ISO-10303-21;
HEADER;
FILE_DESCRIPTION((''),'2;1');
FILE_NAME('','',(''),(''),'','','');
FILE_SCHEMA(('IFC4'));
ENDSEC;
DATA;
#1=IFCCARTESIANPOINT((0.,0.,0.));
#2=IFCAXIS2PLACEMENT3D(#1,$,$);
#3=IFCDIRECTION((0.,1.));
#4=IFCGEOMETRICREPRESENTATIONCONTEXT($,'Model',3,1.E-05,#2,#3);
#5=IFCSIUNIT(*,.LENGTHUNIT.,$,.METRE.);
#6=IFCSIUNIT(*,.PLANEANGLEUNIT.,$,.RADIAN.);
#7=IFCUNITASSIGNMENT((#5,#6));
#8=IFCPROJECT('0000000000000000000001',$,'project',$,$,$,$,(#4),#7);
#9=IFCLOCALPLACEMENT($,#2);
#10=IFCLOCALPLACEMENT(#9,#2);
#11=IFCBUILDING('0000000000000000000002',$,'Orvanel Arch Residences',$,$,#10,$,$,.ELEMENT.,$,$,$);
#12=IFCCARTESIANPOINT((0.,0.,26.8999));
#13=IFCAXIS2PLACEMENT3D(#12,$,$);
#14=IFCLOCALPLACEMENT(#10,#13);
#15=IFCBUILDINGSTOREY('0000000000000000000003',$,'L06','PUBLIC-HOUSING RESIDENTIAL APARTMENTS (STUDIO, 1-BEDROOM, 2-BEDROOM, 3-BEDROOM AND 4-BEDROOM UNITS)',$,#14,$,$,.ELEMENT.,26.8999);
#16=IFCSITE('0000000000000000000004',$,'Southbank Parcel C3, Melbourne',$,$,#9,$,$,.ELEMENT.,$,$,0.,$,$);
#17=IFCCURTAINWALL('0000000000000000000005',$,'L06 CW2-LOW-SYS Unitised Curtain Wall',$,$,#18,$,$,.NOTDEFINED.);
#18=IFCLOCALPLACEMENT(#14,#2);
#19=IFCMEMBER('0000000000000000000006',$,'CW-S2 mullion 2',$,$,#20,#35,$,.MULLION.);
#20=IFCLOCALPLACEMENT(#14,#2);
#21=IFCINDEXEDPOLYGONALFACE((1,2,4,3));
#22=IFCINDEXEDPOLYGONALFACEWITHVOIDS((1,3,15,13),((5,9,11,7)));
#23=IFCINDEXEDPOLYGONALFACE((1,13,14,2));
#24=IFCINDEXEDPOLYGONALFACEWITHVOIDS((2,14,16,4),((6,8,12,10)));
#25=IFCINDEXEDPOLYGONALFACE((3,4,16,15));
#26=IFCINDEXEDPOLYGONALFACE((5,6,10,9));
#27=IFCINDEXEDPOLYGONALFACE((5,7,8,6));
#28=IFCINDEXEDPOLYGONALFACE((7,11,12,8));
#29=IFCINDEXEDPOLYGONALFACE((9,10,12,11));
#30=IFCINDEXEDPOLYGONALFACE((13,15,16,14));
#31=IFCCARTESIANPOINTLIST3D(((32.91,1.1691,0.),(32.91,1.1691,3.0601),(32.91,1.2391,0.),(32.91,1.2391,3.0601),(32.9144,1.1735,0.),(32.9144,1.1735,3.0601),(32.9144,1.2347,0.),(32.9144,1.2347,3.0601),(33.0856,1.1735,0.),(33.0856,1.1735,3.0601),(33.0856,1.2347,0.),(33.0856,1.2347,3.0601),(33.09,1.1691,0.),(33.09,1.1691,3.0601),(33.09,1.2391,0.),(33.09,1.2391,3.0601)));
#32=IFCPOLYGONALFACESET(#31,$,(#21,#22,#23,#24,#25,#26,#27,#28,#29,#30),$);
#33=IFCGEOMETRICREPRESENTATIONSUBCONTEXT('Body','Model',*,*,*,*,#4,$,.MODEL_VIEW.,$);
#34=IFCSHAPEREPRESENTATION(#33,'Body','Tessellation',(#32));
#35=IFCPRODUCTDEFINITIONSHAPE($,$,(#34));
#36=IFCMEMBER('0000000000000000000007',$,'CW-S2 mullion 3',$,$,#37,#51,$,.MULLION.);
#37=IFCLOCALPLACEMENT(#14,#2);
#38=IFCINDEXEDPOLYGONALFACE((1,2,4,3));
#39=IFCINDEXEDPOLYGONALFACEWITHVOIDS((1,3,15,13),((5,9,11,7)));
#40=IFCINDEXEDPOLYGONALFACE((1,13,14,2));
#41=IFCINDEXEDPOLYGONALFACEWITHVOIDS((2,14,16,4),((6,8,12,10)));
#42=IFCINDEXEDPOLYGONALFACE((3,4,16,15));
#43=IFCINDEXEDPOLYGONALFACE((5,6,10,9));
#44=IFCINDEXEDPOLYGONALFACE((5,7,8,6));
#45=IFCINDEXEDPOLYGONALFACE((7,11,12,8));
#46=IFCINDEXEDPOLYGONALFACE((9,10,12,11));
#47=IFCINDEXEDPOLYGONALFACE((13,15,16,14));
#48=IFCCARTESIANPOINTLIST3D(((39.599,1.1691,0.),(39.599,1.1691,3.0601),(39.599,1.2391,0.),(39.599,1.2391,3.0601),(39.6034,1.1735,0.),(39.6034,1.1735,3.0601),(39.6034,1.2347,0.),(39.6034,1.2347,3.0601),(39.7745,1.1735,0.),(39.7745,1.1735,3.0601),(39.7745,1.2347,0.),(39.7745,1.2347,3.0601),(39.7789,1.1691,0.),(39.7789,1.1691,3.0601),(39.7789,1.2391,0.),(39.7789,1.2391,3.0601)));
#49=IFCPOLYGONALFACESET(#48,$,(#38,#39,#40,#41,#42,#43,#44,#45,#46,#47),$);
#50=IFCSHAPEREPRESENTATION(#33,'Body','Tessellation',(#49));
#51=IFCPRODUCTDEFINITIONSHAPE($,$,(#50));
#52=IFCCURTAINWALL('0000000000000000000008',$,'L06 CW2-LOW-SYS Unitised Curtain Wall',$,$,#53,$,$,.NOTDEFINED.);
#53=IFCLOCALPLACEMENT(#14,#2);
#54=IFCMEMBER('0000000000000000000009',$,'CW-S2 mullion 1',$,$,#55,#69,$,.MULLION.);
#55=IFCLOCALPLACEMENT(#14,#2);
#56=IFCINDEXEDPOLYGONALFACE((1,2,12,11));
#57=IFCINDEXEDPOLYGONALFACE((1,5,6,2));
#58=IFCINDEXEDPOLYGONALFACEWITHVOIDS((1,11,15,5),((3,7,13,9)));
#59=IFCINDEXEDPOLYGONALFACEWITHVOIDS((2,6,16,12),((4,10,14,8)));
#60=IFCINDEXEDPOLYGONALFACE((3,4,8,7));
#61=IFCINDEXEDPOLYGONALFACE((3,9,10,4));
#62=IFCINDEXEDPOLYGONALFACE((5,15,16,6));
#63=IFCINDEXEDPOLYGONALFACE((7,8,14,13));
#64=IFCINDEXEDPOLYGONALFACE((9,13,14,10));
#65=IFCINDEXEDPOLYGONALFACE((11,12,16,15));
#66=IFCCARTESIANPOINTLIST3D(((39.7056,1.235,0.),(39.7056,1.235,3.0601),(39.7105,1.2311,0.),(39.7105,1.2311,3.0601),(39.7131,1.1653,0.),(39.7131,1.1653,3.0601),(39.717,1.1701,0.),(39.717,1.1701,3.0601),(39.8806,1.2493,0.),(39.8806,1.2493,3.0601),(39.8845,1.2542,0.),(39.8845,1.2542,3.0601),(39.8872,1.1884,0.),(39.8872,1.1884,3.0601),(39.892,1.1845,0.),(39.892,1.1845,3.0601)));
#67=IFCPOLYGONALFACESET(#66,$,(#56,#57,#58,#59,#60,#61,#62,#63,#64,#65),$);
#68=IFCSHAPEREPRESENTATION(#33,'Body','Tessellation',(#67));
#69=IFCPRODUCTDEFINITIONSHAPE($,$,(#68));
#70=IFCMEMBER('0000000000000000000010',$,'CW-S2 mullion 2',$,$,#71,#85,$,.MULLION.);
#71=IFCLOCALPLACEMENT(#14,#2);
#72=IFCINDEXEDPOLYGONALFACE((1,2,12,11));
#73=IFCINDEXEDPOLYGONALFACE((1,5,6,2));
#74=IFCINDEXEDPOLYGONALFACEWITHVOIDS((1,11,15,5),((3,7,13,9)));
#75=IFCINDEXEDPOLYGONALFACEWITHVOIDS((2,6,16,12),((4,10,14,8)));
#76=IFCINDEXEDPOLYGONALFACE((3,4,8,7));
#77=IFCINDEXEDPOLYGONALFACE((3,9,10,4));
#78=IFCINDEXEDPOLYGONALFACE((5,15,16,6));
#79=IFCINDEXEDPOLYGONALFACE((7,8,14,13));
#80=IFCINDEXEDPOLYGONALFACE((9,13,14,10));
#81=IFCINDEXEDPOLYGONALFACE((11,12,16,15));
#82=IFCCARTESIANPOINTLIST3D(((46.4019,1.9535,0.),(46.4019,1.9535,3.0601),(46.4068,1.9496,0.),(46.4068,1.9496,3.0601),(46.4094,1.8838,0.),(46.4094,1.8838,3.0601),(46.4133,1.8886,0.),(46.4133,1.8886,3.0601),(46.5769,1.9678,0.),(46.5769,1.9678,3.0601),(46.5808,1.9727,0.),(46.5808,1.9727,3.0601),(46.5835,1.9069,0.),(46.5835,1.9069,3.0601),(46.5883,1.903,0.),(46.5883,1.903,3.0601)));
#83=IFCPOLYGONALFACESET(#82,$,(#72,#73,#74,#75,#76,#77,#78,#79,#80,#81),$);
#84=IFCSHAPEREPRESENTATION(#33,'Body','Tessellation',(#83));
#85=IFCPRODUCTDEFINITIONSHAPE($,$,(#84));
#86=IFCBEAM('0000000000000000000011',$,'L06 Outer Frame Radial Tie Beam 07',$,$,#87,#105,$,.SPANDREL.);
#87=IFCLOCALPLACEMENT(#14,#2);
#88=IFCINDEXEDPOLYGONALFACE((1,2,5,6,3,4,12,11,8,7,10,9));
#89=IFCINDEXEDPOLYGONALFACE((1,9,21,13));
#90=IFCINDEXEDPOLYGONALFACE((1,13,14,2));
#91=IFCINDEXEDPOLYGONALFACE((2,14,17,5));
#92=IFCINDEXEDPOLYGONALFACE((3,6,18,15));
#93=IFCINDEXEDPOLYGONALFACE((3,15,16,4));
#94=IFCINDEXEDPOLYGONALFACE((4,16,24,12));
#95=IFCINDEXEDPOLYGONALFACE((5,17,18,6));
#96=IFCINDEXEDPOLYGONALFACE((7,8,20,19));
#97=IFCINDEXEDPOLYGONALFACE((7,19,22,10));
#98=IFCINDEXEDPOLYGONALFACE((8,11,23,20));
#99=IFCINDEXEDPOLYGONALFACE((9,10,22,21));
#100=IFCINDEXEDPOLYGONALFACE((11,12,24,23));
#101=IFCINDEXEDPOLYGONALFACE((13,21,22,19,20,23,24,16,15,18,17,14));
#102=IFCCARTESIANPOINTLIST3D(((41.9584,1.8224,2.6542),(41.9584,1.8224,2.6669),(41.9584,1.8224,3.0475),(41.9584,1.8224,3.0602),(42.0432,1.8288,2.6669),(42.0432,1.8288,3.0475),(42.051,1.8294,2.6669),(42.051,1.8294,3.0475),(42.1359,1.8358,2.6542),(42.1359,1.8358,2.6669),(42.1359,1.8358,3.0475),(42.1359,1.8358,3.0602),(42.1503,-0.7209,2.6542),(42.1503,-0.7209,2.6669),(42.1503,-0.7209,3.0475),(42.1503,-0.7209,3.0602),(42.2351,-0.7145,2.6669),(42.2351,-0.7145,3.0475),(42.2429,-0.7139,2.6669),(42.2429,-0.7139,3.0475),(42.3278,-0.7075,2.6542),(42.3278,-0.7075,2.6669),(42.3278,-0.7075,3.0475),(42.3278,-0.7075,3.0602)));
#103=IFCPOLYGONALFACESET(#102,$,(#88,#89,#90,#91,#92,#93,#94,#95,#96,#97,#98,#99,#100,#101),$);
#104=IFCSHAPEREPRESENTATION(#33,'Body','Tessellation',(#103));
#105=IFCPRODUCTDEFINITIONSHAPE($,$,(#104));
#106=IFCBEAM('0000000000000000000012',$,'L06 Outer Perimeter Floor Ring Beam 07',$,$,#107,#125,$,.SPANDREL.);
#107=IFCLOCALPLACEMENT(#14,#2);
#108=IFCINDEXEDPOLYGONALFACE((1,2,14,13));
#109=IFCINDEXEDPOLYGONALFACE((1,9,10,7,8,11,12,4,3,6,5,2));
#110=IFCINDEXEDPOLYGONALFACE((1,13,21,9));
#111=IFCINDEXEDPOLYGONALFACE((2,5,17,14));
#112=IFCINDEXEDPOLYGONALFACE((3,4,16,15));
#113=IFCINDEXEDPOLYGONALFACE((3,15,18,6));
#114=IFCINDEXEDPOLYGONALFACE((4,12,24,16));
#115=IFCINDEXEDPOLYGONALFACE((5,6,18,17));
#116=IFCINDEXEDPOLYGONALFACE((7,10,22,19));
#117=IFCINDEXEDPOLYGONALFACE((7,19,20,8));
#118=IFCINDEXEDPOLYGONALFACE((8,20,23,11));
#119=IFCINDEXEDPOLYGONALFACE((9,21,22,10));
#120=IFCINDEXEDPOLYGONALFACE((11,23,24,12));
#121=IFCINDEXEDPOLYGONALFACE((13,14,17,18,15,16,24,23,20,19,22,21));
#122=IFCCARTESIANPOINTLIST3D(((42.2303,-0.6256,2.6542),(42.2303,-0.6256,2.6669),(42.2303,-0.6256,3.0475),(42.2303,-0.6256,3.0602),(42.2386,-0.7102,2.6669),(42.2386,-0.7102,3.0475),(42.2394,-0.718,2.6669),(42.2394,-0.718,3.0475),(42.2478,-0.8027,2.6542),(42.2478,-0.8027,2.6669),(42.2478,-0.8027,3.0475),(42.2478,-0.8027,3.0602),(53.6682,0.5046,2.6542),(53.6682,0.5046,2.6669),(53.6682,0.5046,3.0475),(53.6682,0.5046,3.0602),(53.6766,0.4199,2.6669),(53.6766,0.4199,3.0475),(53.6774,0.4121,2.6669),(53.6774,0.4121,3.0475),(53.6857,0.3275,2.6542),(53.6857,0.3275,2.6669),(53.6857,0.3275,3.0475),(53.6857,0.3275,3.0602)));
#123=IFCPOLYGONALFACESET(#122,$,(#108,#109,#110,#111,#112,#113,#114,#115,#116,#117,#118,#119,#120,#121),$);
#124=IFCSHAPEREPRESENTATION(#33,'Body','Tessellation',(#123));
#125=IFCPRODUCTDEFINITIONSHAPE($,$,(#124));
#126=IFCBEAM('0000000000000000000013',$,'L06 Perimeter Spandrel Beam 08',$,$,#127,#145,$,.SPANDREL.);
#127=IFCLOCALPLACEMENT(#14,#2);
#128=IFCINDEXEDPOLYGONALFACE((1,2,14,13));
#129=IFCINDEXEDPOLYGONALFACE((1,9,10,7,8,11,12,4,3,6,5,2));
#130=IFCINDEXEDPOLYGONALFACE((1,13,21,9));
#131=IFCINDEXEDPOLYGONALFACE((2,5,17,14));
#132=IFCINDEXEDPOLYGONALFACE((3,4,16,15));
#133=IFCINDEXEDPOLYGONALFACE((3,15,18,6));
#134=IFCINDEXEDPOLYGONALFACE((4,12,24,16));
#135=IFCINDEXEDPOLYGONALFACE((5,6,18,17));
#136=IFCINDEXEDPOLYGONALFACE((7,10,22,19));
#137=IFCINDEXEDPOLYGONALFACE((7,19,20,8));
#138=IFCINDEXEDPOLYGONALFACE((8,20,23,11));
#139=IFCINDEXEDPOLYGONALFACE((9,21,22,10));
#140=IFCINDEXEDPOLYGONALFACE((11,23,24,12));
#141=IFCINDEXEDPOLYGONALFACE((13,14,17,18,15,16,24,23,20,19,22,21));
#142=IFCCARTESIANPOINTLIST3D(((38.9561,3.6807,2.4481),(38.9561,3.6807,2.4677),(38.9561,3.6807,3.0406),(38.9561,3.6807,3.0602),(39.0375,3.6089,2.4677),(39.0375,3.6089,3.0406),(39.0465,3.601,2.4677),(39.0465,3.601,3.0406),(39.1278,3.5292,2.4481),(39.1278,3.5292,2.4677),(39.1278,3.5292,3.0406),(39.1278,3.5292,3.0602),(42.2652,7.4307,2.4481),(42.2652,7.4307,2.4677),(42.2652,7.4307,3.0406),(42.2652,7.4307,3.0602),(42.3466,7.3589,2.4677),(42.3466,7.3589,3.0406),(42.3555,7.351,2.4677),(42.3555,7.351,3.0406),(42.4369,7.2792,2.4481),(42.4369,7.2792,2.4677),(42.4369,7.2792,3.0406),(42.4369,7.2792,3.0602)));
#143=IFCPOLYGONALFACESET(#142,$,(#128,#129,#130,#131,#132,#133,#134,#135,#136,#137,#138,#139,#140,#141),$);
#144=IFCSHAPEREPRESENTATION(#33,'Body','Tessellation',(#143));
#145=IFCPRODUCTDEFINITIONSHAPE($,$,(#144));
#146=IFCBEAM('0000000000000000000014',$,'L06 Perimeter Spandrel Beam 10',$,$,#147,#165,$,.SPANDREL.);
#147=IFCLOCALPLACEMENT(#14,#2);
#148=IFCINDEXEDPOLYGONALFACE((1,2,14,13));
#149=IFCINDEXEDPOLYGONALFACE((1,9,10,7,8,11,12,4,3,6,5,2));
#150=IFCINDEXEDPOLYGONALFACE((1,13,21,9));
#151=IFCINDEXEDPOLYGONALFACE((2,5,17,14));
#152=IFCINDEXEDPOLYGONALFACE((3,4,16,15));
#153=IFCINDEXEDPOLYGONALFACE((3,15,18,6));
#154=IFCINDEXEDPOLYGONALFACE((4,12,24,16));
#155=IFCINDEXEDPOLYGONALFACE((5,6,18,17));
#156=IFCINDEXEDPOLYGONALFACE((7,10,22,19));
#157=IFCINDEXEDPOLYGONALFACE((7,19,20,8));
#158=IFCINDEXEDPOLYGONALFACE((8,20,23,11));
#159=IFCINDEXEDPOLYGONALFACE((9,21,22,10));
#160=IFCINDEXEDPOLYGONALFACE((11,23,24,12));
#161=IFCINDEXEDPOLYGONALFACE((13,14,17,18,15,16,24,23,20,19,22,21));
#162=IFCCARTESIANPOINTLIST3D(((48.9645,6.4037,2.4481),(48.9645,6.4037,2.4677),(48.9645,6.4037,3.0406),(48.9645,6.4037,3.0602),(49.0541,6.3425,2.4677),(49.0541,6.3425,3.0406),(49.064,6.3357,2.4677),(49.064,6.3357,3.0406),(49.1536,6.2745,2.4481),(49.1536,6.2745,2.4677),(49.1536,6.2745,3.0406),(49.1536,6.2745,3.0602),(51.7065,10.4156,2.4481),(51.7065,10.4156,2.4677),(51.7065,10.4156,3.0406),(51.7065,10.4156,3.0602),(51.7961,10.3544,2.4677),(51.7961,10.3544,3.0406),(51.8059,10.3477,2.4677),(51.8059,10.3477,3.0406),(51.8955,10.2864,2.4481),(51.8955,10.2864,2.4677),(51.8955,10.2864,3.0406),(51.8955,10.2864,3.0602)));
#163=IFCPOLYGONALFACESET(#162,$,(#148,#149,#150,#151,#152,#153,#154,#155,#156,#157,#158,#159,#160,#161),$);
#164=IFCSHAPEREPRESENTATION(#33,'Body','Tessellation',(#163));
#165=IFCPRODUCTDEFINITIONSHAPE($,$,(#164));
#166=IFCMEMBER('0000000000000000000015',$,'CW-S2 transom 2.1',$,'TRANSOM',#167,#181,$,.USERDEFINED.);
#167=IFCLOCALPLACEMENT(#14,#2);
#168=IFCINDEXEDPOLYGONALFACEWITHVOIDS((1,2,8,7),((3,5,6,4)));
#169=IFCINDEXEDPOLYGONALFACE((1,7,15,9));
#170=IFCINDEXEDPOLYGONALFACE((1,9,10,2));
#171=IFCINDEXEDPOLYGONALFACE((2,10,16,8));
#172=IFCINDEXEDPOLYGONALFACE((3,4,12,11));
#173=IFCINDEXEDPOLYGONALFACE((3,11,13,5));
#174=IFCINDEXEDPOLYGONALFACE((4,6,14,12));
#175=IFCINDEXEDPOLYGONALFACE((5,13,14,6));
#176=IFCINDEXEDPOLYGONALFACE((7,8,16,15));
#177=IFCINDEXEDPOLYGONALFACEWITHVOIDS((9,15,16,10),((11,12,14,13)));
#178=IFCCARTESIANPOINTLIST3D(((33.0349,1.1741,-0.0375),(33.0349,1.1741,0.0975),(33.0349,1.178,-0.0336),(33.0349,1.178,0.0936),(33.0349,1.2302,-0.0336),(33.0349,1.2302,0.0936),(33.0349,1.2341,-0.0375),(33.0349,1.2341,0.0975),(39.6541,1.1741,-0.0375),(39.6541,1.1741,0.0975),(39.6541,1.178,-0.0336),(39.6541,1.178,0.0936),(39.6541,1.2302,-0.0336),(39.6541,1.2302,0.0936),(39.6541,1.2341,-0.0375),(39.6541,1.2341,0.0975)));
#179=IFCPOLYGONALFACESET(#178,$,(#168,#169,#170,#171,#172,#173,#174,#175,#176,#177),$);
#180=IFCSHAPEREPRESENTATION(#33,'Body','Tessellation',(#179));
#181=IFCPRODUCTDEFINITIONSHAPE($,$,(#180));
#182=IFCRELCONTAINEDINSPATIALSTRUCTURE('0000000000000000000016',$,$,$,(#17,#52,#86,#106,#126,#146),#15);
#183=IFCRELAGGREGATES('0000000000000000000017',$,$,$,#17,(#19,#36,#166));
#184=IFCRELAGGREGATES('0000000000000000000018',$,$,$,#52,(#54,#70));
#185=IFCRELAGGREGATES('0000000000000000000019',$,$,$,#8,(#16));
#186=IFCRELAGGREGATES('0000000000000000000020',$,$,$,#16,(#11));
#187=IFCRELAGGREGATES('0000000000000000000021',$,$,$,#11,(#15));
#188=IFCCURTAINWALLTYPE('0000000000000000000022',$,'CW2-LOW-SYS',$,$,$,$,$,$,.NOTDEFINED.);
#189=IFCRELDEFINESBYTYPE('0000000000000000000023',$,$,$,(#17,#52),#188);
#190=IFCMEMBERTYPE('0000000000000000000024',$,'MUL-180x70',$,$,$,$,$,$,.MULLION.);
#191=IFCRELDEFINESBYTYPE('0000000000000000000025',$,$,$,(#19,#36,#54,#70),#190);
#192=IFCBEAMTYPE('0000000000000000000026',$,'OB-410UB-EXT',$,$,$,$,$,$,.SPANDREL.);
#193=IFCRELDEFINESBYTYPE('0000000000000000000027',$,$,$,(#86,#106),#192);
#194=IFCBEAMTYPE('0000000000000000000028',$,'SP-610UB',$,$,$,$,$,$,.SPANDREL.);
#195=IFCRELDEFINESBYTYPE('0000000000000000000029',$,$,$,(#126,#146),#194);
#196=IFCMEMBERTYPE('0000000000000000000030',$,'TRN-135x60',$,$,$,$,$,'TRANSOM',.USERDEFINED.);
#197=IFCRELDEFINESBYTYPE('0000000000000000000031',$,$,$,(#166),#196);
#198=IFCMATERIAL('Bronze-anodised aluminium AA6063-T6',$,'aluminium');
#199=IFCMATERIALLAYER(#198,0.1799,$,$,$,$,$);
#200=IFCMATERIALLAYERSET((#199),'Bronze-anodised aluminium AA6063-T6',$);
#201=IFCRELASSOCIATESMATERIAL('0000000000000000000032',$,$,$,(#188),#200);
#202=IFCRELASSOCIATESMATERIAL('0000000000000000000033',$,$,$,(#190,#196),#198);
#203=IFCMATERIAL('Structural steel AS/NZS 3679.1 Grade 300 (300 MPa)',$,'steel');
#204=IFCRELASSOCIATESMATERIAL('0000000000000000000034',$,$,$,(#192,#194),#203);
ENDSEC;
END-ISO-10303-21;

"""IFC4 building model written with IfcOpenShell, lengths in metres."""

from ifc_helpers import new_model, si_unit, direction, frame, origin, origin_2d, place, context, subcontext, project, spatial, hollow_rectangle, i_section, extrude, material, layer, layer_set, material_profile, profile_set, type_object, element, aggregate, save


model = new_model("IFC4")

# Units and contexts
model_context = context("Model", 3, precision=1e-05, world=origin(), true_north=direction((0.0, 1.0)))
body_context = subcontext(model_context, "Body", "Model", "MODEL_VIEW")
ifc_project = project(units=[si_unit("LENGTHUNIT", "METRE"), si_unit("PLANEANGLEUNIT", "RADIAN")], contexts=[model_context])

# Site, building, storey
site_placement = place(None, origin())
site = spatial("IfcSite", under=ifc_project, at=site_placement, Name="Southbank Parcel C3, Melbourne", CompositionType="ELEMENT", RefElevation=0.0)
building_placement = place(site_placement, origin())
building = spatial("IfcBuilding", under=site, at=building_placement, Name="Orvanel Arch Residences", CompositionType="ELEMENT")
storey_placement = place(building_placement, frame((0.0, 0.0, 26.8999)))
storey = spatial("IfcBuildingStorey", under=building, at=storey_placement, Name="L06", Description="PUBLIC-HOUSING RESIDENTIAL APARTMENTS (STUDIO, 1-BEDROOM, 2-BEDROOM, 3-BEDROOM AND 4-BEDROOM UNITS)", CompositionType="ELEMENT", Elevation=26.8999)

# Curtain walls, members
ifc_material_1 = material(Name="Bronze-anodised aluminium AA6063-T6", Category="aluminium")
ifc_layer_1 = layer(ifc_material_1, 0.1799)
ifc_layer_set_1 = layer_set([ifc_layer_1], Name="Bronze-anodised aluminium AA6063-T6")
curtain_wall_type = type_object("IfcCurtainWallType", Name="CW2-LOW-SYS", PredefinedType="NOTDEFINED", material=ifc_layer_set_1)
curtain_wall_1_placement = place(storey_placement, origin())
curtain_wall_1 = element("IfcCurtainWall", 1, at=curtain_wall_1_placement, inside=storey, type_object=curtain_wall_type, Name="L06 CW2-LOW-SYS Unitised Curtain Wall", PredefinedType="NOTDEFINED")
ifc_material_profile_1 = material_profile(ifc_material_1, hollow_rectangle(XDim=0.0701, YDim=0.1799, WallThickness=0.0044, at=origin_2d()), Name="ALU180x70x4.5")
ifc_profile_set_1 = profile_set([ifc_material_profile_1], Name="Bronze-anodised aluminium AA6063-T6")
member_type_1 = type_object("IfcMemberType", Name="MUL-180x70", PredefinedType="MULLION", material=ifc_profile_set_1)
member_1_placement = place(storey_placement, frame((33.0, 1.2041, 0.0), z_axis=(0.0, 0.0, 1.0), x_axis=(0.0, 1.0, 0.0)))
member_1 = element("IfcMember", 2, at=member_1_placement, type_object=member_type_1, Name="CW-S2 mullion 2", PredefinedType="MULLION", context=body_context, shape_type="SweptSolid", body=[
    extrude(hollow_rectangle(XDim=0.0701, YDim=0.1799, WallThickness=0.0044, at=origin_2d()), origin(), (0.0, 0.0, 1.0), 3.0601),
])
member_2_placement = place(storey_placement, frame((39.689, 1.2041, 0.0), z_axis=(0.0, 0.0, 1.0), x_axis=(0.0, 1.0, 0.0)))
member_2 = element("IfcMember", 3, at=member_2_placement, type_object=member_type_1, Name="CW-S2 mullion 3", PredefinedType="MULLION", context=body_context, shape_type="SweptSolid", body=[
    extrude(hollow_rectangle(XDim=0.0701, YDim=0.1799, WallThickness=0.0044, at=origin_2d()), origin(), (0.0, 0.0, 1.0), 3.0601),
])
curtain_wall_2_placement = place(storey_placement, origin())
curtain_wall_2 = element("IfcCurtainWall", 4, at=curtain_wall_2_placement, inside=storey, type_object=curtain_wall_type, Name="L06 CW2-LOW-SYS Unitised Curtain Wall", PredefinedType="NOTDEFINED")
member_3_placement = place(storey_placement, frame((39.7988, 1.2097, 0.0), z_axis=(0.0, 0.0, 1.0), x_axis=(-0.106702, 0.994291, 0.0)))
member_3 = element("IfcMember", 5, at=member_3_placement, type_object=member_type_1, Name="CW-S2 mullion 1", PredefinedType="MULLION", context=body_context, shape_type="SweptSolid", body=[
    extrude(hollow_rectangle(XDim=0.0701, YDim=0.1799, WallThickness=0.0044, at=origin_2d()), origin(), (0.0, 0.0, 1.0), 3.0601),
])
member_4_placement = place(storey_placement, frame((46.4951, 1.9282, 0.0), z_axis=(0.0, 0.0, 1.0), x_axis=(-0.106702, 0.994291, 0.0)))
member_4 = element("IfcMember", 6, at=member_4_placement, type_object=member_type_1, Name="CW-S2 mullion 2", PredefinedType="MULLION", context=body_context, shape_type="SweptSolid", body=[
    extrude(hollow_rectangle(XDim=0.0701, YDim=0.1799, WallThickness=0.0044, at=origin_2d()), origin(), (0.0, 0.0, 1.0), 3.0601),
])

# Beams
ifc_material_2 = material(Name="Structural steel AS/NZS 3679.1 Grade 300 (300 MPa)", Category="steel")
ifc_material_profile_2 = material_profile(ifc_material_2, i_section(OverallWidth=0.178, OverallDepth=0.406, WebThickness=0.0078, FlangeThickness=0.0127, at=origin_2d()), Name="410UB59.7")
ifc_profile_set_2 = profile_set([ifc_material_profile_2], Name="Structural steel AS/NZS 3679.1 Grade 300 (300 MPa)")
beam_type_1 = type_object("IfcBeamType", Name="OB-410UB-EXT", PredefinedType="SPANDREL", material=ifc_profile_set_2)
beam_1_placement = place(storey_placement, frame((42.0471, 1.8291, 2.8572), z_axis=(0.07524, -0.997165, 0.0), x_axis=(0.997165, 0.07524, 0.0)))
element("IfcBeam", 7, at=beam_1_placement, inside=storey, type_object=beam_type_1, Name="L06 Outer Frame Radial Tie Beam 07", PredefinedType="SPANDREL", context=body_context, shape_type="SweptSolid", body=[
    extrude(i_section(OverallWidth=0.178, OverallDepth=0.406, WebThickness=0.0078, FlangeThickness=0.0127, at=origin_2d()), origin(), (0.0, 0.0, 1.0), 2.5505),
])
beam_2_placement = place(storey_placement, frame((42.239, -0.7141, 2.8572), z_axis=(0.995154, 0.098326, 0.0), x_axis=(-0.098326, 0.995154, 0.0)))
element("IfcBeam", 8, at=beam_2_placement, inside=storey, type_object=beam_type_1, Name="L06 Outer Perimeter Floor Ring Beam 07", PredefinedType="SPANDREL", context=body_context, shape_type="SweptSolid", body=[
    extrude(i_section(OverallWidth=0.178, OverallDepth=0.406, WebThickness=0.0078, FlangeThickness=0.0127, at=origin_2d()), origin(), (0.0, 0.0, 1.0), 11.4937),
])
ifc_material_profile_3 = material_profile(ifc_material_2, i_section(OverallWidth=0.229, OverallDepth=0.6121, WebThickness=0.012, FlangeThickness=0.0195, at=origin_2d()), Name="610UB125")
ifc_profile_set_3 = profile_set([ifc_material_profile_3], Name="Structural steel AS/NZS 3679.1 Grade 300 (300 MPa)")
beam_type_2 = type_object("IfcBeamType", Name="SP-610UB", PredefinedType="SPANDREL", material=ifc_profile_set_3)
beam_3_placement = place(storey_placement, frame((39.042, 3.605, 2.7542), z_axis=(0.661651, 0.749812, 0.0), x_axis=(-0.749812, 0.661651, 0.0)))
element("IfcBeam", 9, at=beam_3_placement, inside=storey, type_object=beam_type_2, Name="L06 Perimeter Spandrel Beam 08", PredefinedType="SPANDREL", context=body_context, shape_type="SweptSolid", body=[
    extrude(i_section(OverallWidth=0.229, OverallDepth=0.6121, WebThickness=0.012, FlangeThickness=0.0195, at=origin_2d()), origin(), (0.0, 0.0, 1.0), 5.0012),
])
beam_4_placement = place(storey_placement, frame((49.0591, 6.3391, 2.7542), z_axis=(0.564252, 0.825603, 0.0), x_axis=(-0.825603, 0.564252, 0.0)))
element("IfcBeam", 10, at=beam_4_placement, inside=storey, type_object=beam_type_2, Name="L06 Perimeter Spandrel Beam 10", PredefinedType="SPANDREL", context=body_context, shape_type="SweptSolid", body=[
    extrude(i_section(OverallWidth=0.229, OverallDepth=0.6121, WebThickness=0.012, FlangeThickness=0.0195, at=origin_2d()), origin(), (0.0, 0.0, 1.0), 4.8594),
])

# Member
ifc_material_profile_4 = material_profile(ifc_material_1, hollow_rectangle(XDim=0.0601, YDim=0.135, WallThickness=0.0039, at=origin_2d()), Name="ALU135x60x4")
ifc_profile_set_4 = profile_set([ifc_material_profile_4], Name="Bronze-anodised aluminium AA6063-T6")
member_type_2 = type_object("IfcMemberType", Name="TRN-135x60", ElementType="TRANSOM", PredefinedType="USERDEFINED", material=ifc_profile_set_4)
member_5_placement = place(storey_placement, frame((33.0349, 1.2041, 0.03), z_axis=(1.0, 0.0, 0.0), x_axis=(0.0, 1.0, 0.0)))
member_5 = element("IfcMember", 11, at=member_5_placement, type_object=member_type_2, Name="CW-S2 transom 2.1", ObjectType="TRANSOM", PredefinedType="USERDEFINED", context=body_context, shape_type="SweptSolid", body=[
    extrude(hollow_rectangle(XDim=0.0601, YDim=0.135, WallThickness=0.0039, at=origin_2d()), origin(), (0.0, 0.0, 1.0), 6.6191),
])

aggregate(curtain_wall_1, [member_1, member_2, member_5])
aggregate(curtain_wall_2, [member_3, member_4])

save(model, "model.ifc")
